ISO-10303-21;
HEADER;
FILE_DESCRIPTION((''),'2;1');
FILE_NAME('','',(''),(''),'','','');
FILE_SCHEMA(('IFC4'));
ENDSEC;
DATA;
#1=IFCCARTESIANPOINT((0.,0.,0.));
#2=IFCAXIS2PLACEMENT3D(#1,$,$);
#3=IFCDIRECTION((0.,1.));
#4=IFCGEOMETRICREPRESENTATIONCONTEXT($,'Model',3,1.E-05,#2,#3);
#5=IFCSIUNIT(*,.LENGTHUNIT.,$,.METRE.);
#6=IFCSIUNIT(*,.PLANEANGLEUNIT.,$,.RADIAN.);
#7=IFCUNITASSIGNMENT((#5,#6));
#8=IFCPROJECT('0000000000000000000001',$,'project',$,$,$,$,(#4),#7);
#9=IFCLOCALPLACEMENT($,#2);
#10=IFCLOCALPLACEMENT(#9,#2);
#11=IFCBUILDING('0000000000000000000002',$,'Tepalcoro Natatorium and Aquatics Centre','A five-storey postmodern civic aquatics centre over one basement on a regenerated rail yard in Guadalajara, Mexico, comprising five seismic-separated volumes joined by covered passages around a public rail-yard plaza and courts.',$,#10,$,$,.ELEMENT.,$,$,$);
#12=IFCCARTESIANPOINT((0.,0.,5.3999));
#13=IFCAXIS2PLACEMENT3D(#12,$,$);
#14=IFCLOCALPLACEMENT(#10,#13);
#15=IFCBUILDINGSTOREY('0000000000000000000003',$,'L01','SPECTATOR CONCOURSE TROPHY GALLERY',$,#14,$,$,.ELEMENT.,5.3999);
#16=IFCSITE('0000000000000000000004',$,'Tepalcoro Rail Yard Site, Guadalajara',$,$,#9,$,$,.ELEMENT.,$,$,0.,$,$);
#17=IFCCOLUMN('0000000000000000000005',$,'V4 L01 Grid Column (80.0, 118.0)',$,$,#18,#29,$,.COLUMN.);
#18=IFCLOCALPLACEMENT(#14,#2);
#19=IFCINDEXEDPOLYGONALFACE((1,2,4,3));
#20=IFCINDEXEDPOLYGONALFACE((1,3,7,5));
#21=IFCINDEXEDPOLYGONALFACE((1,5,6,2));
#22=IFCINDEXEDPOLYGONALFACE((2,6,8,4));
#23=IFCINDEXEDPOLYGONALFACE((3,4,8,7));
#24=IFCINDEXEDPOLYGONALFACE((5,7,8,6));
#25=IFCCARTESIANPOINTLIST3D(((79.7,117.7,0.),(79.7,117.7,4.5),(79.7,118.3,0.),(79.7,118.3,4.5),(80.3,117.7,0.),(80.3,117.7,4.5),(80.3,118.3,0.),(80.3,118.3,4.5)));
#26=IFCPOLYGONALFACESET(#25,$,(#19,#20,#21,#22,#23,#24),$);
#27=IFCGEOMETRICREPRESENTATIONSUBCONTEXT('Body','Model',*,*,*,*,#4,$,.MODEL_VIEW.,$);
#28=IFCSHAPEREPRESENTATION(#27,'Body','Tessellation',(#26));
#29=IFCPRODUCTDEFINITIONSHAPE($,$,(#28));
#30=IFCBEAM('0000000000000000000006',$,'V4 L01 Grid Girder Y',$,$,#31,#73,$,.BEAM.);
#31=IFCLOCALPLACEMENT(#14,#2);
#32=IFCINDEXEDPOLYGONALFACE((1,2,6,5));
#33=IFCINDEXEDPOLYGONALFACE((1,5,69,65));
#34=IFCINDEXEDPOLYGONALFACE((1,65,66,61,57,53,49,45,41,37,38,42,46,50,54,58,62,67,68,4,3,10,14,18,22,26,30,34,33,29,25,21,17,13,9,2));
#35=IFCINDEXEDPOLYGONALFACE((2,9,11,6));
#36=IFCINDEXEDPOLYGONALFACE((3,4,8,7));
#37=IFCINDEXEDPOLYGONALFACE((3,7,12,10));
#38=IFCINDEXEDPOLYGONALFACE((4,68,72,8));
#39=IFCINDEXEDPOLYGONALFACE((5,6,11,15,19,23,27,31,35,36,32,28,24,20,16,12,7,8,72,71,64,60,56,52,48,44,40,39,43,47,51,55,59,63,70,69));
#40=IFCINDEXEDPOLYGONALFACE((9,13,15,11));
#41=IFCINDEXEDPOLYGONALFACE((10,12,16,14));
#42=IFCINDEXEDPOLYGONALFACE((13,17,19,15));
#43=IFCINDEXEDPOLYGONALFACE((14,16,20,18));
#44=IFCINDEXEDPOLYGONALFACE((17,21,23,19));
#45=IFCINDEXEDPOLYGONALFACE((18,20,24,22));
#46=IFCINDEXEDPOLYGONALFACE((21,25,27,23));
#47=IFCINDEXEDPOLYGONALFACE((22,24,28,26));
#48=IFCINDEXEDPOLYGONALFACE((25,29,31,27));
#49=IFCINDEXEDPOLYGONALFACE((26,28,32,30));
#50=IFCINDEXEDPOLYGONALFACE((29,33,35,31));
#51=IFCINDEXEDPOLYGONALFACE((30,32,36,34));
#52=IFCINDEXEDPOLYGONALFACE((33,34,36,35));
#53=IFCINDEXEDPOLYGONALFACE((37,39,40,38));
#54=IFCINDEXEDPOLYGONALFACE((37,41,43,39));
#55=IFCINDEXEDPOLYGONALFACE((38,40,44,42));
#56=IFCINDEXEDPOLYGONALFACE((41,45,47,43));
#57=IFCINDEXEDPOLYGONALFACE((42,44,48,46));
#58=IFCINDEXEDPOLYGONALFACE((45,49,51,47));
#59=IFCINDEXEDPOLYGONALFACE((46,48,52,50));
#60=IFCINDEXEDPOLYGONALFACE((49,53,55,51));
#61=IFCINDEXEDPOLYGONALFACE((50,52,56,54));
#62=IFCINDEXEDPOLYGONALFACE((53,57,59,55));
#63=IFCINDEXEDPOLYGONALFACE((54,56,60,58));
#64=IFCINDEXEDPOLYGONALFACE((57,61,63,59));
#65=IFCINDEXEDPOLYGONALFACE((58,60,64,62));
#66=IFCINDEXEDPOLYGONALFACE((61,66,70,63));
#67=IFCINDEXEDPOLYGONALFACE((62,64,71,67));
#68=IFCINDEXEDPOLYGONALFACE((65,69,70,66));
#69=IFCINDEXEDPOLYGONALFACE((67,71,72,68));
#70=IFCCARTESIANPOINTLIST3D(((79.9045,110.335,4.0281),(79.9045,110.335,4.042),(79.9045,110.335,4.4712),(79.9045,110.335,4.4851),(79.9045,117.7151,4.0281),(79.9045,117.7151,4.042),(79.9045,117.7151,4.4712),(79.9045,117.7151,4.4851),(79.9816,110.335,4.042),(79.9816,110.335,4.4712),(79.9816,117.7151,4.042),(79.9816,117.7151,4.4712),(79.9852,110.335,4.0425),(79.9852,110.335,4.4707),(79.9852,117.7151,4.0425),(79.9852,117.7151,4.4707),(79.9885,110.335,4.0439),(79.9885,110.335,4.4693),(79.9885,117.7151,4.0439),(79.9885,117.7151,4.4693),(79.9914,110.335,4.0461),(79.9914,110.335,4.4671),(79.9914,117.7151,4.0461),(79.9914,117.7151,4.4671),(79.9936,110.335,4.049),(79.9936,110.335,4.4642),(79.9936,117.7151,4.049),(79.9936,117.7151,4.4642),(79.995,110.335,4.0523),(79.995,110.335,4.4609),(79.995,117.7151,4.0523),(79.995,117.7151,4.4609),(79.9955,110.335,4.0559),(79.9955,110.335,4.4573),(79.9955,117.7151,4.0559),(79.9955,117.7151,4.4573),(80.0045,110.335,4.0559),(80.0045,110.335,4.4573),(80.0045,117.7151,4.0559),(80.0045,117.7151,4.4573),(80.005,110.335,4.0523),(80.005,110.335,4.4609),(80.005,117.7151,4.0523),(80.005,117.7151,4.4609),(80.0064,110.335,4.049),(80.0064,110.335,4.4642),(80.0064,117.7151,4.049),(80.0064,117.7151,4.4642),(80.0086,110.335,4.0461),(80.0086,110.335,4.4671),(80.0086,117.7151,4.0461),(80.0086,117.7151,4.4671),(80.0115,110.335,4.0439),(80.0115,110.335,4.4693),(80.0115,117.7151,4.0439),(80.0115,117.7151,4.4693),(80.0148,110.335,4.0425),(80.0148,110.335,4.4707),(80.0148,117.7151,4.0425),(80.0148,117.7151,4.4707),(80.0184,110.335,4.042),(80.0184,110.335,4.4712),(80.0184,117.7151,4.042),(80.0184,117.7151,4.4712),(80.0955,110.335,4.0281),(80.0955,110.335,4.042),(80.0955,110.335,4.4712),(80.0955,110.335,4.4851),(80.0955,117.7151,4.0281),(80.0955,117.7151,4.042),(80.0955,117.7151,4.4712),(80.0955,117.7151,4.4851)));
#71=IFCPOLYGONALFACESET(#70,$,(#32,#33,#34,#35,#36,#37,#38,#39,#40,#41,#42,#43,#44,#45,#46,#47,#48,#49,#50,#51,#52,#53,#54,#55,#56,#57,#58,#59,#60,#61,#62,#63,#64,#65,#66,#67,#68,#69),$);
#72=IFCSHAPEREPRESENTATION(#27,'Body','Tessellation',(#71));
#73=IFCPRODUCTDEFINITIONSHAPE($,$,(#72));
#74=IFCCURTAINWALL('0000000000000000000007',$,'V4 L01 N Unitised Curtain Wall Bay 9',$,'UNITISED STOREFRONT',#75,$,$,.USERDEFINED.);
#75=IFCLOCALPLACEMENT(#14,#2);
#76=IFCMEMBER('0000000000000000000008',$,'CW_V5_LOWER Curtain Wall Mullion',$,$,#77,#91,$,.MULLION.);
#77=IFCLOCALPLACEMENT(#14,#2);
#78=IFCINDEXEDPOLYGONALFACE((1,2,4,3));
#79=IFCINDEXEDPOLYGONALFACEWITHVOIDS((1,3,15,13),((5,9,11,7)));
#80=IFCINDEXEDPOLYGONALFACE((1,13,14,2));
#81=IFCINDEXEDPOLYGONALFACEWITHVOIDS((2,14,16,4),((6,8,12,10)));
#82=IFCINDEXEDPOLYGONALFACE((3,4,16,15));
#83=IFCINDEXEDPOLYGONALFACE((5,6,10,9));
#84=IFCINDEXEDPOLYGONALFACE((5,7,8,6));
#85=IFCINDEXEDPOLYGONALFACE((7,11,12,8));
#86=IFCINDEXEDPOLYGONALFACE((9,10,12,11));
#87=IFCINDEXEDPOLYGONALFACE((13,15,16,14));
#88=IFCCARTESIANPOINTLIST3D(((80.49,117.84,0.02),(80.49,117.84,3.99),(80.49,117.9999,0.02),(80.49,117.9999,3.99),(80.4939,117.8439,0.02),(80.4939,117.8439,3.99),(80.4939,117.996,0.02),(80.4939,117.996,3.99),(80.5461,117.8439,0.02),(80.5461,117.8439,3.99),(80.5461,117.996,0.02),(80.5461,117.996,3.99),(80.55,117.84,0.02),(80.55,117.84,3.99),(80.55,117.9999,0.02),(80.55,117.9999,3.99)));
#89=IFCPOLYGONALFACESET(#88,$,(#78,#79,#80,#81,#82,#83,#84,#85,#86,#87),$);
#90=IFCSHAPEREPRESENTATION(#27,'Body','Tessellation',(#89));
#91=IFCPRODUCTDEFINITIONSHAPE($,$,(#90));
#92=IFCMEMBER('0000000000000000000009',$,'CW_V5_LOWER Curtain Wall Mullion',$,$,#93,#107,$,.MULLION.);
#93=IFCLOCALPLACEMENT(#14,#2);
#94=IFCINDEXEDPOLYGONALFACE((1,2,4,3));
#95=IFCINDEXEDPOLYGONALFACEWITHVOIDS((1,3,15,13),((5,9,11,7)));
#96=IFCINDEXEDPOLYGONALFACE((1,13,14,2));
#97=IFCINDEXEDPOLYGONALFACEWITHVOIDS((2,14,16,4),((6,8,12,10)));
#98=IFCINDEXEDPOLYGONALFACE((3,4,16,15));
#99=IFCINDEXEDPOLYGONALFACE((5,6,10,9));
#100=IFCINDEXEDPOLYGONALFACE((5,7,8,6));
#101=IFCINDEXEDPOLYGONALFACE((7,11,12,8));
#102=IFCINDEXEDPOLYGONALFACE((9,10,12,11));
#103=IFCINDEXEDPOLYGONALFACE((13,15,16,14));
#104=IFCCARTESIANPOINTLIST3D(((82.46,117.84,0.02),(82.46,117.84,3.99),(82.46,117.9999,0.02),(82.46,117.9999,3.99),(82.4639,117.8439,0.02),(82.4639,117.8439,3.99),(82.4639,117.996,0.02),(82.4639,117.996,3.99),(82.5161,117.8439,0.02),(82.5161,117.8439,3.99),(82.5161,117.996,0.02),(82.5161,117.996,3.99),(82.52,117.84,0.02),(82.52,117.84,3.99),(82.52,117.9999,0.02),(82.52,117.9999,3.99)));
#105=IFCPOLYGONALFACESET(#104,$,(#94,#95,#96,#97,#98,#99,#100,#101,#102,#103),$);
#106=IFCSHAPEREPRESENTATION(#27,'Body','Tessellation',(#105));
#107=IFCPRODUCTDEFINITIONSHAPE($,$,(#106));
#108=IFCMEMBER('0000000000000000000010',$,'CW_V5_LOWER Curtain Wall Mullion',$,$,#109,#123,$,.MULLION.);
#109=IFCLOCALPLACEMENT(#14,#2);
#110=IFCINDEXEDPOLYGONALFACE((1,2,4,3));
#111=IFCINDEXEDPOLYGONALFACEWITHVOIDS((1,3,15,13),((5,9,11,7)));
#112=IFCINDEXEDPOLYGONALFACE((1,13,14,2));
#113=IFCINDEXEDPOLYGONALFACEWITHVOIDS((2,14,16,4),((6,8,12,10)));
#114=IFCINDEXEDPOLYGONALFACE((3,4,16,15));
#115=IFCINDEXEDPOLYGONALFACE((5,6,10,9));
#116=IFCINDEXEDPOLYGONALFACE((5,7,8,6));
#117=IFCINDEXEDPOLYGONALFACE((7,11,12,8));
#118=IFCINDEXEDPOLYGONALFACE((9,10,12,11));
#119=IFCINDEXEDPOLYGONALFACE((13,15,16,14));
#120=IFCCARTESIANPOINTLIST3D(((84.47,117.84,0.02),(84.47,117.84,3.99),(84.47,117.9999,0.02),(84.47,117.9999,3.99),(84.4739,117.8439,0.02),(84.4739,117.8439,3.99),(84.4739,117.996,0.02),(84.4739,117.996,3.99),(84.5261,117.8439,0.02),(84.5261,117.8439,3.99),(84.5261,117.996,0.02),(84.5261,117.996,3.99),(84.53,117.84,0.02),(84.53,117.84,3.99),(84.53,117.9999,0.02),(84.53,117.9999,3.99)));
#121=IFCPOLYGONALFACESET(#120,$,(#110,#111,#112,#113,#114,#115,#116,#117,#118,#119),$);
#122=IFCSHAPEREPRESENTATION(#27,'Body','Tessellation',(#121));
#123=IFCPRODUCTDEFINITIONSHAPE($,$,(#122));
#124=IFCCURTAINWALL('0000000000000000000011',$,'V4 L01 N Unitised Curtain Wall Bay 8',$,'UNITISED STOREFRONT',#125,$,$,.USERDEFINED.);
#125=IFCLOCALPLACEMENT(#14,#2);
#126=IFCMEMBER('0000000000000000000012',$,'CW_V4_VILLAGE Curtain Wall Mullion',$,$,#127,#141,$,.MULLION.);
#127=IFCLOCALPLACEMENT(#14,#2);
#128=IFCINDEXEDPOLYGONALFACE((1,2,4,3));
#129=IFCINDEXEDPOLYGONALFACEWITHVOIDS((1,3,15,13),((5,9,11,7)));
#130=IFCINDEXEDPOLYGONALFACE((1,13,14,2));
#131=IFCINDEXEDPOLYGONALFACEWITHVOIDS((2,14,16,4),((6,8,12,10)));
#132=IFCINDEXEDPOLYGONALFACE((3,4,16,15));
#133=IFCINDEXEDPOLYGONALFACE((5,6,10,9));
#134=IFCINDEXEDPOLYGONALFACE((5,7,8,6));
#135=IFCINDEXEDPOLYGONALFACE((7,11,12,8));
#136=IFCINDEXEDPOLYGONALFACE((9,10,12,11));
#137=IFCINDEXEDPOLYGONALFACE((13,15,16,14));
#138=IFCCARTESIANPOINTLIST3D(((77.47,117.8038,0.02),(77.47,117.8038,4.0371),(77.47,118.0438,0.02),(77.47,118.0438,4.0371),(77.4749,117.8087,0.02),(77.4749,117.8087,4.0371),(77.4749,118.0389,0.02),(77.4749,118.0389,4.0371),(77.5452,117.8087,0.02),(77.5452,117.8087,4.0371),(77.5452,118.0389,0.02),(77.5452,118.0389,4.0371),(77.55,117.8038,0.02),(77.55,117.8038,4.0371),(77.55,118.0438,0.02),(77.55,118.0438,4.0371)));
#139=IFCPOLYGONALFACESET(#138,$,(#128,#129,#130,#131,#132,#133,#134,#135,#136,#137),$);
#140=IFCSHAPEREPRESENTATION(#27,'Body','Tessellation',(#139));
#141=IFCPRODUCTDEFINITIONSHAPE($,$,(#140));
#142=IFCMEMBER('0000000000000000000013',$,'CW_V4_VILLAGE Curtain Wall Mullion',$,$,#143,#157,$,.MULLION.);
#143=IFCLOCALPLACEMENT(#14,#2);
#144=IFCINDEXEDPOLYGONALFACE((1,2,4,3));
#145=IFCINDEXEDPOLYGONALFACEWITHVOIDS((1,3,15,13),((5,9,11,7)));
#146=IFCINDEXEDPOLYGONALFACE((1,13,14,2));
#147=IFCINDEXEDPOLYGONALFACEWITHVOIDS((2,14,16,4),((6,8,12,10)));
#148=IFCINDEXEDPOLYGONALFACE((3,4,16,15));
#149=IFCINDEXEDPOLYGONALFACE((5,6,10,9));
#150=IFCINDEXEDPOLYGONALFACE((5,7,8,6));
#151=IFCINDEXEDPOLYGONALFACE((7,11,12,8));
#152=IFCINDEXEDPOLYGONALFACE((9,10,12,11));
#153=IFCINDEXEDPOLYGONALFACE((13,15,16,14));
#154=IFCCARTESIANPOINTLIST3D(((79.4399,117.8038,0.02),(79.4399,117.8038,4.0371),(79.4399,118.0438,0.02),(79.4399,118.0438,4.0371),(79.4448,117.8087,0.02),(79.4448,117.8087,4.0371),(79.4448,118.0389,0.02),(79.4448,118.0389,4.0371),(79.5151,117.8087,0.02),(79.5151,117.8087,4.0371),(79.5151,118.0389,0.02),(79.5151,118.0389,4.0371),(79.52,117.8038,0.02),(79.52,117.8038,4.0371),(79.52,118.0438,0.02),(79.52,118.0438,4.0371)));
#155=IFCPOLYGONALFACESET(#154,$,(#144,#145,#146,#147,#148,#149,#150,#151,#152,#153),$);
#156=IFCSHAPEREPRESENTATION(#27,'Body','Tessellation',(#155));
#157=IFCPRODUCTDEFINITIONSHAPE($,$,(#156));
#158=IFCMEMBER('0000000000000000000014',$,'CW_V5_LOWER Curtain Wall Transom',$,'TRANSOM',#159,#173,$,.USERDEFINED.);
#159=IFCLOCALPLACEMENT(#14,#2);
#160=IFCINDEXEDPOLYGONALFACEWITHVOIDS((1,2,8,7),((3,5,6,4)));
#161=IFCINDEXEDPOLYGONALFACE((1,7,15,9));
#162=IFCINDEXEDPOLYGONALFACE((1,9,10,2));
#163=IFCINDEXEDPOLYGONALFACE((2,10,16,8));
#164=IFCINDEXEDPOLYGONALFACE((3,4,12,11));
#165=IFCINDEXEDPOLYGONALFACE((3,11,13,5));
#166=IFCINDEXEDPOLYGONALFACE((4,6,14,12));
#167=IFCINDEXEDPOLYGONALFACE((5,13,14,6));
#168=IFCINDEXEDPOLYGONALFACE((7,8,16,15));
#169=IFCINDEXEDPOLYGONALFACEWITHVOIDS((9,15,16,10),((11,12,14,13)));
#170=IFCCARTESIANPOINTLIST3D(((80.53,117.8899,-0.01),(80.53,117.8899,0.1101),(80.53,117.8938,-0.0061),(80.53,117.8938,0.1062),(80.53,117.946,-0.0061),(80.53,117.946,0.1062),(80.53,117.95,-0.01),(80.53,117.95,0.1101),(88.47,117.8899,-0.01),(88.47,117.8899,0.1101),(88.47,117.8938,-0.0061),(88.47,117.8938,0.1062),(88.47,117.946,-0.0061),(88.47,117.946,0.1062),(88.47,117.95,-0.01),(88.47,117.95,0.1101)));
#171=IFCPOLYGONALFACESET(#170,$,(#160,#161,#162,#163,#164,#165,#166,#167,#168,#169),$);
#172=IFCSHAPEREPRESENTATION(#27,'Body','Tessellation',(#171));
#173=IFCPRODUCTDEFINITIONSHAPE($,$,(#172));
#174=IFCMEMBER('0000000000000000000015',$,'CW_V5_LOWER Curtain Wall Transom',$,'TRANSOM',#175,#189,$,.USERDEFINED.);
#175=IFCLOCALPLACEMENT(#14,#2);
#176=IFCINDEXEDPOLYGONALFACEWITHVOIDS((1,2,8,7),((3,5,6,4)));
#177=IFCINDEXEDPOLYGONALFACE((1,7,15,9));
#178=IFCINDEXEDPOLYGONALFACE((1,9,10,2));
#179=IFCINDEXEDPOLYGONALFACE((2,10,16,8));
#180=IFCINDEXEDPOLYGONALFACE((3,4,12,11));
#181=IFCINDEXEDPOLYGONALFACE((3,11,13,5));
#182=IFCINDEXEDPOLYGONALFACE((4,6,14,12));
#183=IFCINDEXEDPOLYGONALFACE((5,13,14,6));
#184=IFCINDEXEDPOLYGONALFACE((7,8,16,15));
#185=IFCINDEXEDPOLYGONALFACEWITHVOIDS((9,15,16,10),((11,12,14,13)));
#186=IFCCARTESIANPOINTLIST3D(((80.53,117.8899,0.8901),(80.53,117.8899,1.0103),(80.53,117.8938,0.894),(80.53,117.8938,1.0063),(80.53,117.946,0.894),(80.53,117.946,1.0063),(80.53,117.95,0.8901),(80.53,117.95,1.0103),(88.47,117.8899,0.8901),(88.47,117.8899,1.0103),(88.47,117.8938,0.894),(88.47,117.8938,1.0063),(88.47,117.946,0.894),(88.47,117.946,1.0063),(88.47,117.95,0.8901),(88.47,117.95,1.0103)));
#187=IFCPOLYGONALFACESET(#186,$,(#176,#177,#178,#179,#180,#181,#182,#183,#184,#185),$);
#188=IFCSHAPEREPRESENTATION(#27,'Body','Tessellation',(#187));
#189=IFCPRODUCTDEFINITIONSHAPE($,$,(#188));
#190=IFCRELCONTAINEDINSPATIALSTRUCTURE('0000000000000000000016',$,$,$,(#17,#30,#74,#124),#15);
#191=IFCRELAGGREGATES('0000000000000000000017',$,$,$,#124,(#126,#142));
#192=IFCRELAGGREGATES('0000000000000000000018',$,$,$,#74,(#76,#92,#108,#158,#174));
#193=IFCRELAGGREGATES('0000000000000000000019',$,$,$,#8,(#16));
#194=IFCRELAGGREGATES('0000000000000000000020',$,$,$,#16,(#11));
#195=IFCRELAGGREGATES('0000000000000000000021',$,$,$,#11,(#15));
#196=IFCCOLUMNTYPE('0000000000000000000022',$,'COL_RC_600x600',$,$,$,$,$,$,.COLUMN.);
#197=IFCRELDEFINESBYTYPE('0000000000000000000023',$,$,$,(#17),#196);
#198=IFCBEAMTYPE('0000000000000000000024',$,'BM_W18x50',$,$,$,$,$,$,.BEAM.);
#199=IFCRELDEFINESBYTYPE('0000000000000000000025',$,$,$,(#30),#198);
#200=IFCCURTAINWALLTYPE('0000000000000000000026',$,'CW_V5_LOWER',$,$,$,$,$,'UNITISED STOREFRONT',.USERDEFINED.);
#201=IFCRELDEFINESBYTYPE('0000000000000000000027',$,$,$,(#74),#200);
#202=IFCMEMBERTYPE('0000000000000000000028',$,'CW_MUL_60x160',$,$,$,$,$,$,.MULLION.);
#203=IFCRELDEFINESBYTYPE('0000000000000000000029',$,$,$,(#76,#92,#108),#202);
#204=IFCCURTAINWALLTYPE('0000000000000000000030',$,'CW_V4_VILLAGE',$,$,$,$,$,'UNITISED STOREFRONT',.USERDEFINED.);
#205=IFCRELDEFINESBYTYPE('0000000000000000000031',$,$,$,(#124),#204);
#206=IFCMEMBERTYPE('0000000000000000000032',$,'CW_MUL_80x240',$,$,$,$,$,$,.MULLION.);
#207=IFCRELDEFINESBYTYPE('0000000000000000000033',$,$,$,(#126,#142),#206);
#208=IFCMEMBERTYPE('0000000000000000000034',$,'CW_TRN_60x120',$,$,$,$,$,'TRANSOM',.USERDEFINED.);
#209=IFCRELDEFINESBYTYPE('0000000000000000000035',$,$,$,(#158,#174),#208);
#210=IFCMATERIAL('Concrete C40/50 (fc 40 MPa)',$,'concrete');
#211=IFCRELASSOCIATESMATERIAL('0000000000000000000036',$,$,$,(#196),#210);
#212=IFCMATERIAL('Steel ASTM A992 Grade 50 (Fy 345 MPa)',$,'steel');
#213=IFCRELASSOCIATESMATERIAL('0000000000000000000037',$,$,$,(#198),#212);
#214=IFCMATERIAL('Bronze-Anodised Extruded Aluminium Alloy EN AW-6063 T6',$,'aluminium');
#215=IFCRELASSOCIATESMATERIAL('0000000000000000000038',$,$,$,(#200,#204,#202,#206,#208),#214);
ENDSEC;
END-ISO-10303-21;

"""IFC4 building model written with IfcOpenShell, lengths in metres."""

from ifc_helpers import new_model, si_unit, direction, frame, origin, origin_2d, place, context, subcontext, project, spatial, rectangle, hollow_rectangle, i_section, extrude, material, material_profile, profile_set, type_object, element, aggregate, save


model = new_model("IFC4")

# Units and contexts
model_context = context("Model", 3, precision=1e-05, world=origin(), true_north=direction((0.0, 1.0)))
body_context = subcontext(model_context, "Body", "Model", "MODEL_VIEW")
ifc_project = project(units=[si_unit("LENGTHUNIT", "METRE"), si_unit("PLANEANGLEUNIT", "RADIAN")], contexts=[model_context])

# Site, building, storey
site_placement = place(None, origin())
site = spatial("IfcSite", under=ifc_project, at=site_placement, Name="Tepalcoro Rail Yard Site, Guadalajara", CompositionType="ELEMENT", RefElevation=0.0)
building_placement = place(site_placement, origin())
building = spatial("IfcBuilding", under=site, at=building_placement, Name="Tepalcoro Natatorium and Aquatics Centre", Description="A five-storey postmodern civic aquatics centre over one basement on a regenerated rail yard in Guadalajara, Mexico, comprising five seismic-separated volumes joined by covered passages around a public rail-yard plaza and courts.", CompositionType="ELEMENT")
storey_placement = place(building_placement, frame((0.0, 0.0, 5.3999)))
storey = spatial("IfcBuildingStorey", under=building, at=storey_placement, Name="L01", Description="SPECTATOR CONCOURSE TROPHY GALLERY", CompositionType="ELEMENT", Elevation=5.3999)

# Column
ifc_material_1 = material(Name="Concrete C40/50 (fc 40 MPa)", Category="concrete")
ifc_material_profile_1 = material_profile(ifc_material_1, rectangle(XDim=0.6001, YDim=0.6001, at=origin_2d()), Name="RC600x600")
ifc_profile_set_1 = profile_set([ifc_material_profile_1], Name="Concrete C40/50 (fc 40 MPa)")
column_type = type_object("IfcColumnType", Name="COL_RC_600x600", PredefinedType="COLUMN", material=ifc_profile_set_1)
column_placement = place(storey_placement, frame((80.0, 118.0, 0.0), z_axis=(0.0, 0.0, 1.0), x_axis=(1.0, 0.0, 0.0)))
element("IfcColumn", 1, at=column_placement, inside=storey, type_object=column_type, Name="V4 L01 Grid Column (80.0, 118.0)", PredefinedType="COLUMN", context=body_context, shape_type="SweptSolid", body=[
    extrude(rectangle(XDim=0.6001, YDim=0.6001, at=origin_2d()), origin(), (0.0, 0.0, 1.0), 4.5),
])

# Beam
ifc_material_2 = material(Name="Steel ASTM A992 Grade 50 (Fy 345 MPa)", Category="steel")
ifc_material_profile_2 = material_profile(ifc_material_2, i_section(OverallWidth=0.1909, OverallDepth=0.457, WebThickness=0.009, FlangeThickness=0.0139, FilletRadius=0.0139, at=origin_2d()), Name="W18X50")
ifc_profile_set_2 = profile_set([ifc_material_profile_2], Name="Steel ASTM A992 Grade 50 (Fy 345 MPa)")
beam_type_1 = type_object("IfcBeamType", Name="BM_W18x50", PredefinedType="BEAM", material=ifc_profile_set_2)
beam_1_placement = place(storey_placement, frame((80.0, 110.335, 4.2566), z_axis=(0.0, 1.0, 0.0), x_axis=(-1.0, 0.0, 0.0)))
element("IfcBeam", 2, at=beam_1_placement, inside=storey, type_object=beam_type_1, Name="V4 L01 Grid Girder Y", PredefinedType="BEAM", context=body_context, shape_type="SweptSolid", body=[
    extrude(i_section(OverallWidth=0.1909, OverallDepth=0.457, WebThickness=0.009, FlangeThickness=0.0139, FilletRadius=0.0139, at=origin_2d()), origin(), (0.0, 0.0, 1.0), 7.3801),
])

# Curtain walls, members
ifc_material_3 = material(Name="Bronze-Anodised Extruded Aluminium Alloy EN AW-6063 T6", Category="aluminium")
curtain_wall_type_1 = type_object("IfcCurtainWallType", Name="CW_V5_LOWER", ElementType="UNITISED STOREFRONT", PredefinedType="USERDEFINED", material=ifc_material_3)
curtain_wall_1_placement = place(storey_placement, origin())
curtain_wall_1 = element("IfcCurtainWall", 3, at=curtain_wall_1_placement, inside=storey, type_object=curtain_wall_type_1, Name="V4 L01 N Unitised Curtain Wall Bay 9", ObjectType="UNITISED STOREFRONT", PredefinedType="USERDEFINED")
ifc_material_profile_3 = material_profile(ifc_material_3, hollow_rectangle(XDim=0.0601, YDim=0.1599, WallThickness=0.0039, at=origin_2d()), Name="AL60X160X4")
ifc_profile_set_3 = profile_set([ifc_material_profile_3], Name="Bronze-Anodised Extruded Aluminium Alloy EN AW-6063 T6")
member_type_1 = type_object("IfcMemberType", Name="CW_MUL_60x160", PredefinedType="MULLION", material=ifc_profile_set_3)
member_1_placement = place(storey_placement, frame((80.52, 117.9199, 0.02), z_axis=(0.0, 0.0, 1.0), x_axis=(1.0, 0.0, 0.0)))
member_1 = element("IfcMember", 4, at=member_1_placement, type_object=member_type_1, Name="CW_V5_LOWER Curtain Wall Mullion", PredefinedType="MULLION", context=body_context, shape_type="SweptSolid", body=[
    extrude(hollow_rectangle(XDim=0.0601, YDim=0.1599, WallThickness=0.0039, at=origin_2d()), origin(), (0.0, 0.0, 1.0), 3.97),
])
member_2_placement = place(storey_placement, frame((82.49, 117.9199, 0.02), z_axis=(0.0, 0.0, 1.0), x_axis=(1.0, 0.0, 0.0)))
member_2 = element("IfcMember", 5, at=member_2_placement, type_object=member_type_1, Name="CW_V5_LOWER Curtain Wall Mullion", PredefinedType="MULLION", context=body_context, shape_type="SweptSolid", body=[
    extrude(hollow_rectangle(XDim=0.0601, YDim=0.1599, WallThickness=0.0039, at=origin_2d()), origin(), (0.0, 0.0, 1.0), 3.97),
])
member_3_placement = place(storey_placement, frame((84.5, 117.9199, 0.02), z_axis=(0.0, 0.0, 1.0), x_axis=(1.0, 0.0, 0.0)))
member_3 = element("IfcMember", 6, at=member_3_placement, type_object=member_type_1, Name="CW_V5_LOWER Curtain Wall Mullion", PredefinedType="MULLION", context=body_context, shape_type="SweptSolid", body=[
    extrude(hollow_rectangle(XDim=0.0601, YDim=0.1599, WallThickness=0.0039, at=origin_2d()), origin(), (0.0, 0.0, 1.0), 3.97),
])
curtain_wall_type_2 = type_object("IfcCurtainWallType", Name="CW_V4_VILLAGE", ElementType="UNITISED STOREFRONT", PredefinedType="USERDEFINED", material=ifc_material_3)
curtain_wall_2_placement = place(storey_placement, origin())
curtain_wall_2 = element("IfcCurtainWall", 7, at=curtain_wall_2_placement, inside=storey, type_object=curtain_wall_type_2, Name="V4 L01 N Unitised Curtain Wall Bay 8", ObjectType="UNITISED STOREFRONT", PredefinedType="USERDEFINED")
ifc_material_profile_4 = material_profile(ifc_material_3, hollow_rectangle(XDim=0.0801, YDim=0.24, WallThickness=0.0049, at=origin_2d()), Name="AL80X240X5")
ifc_profile_set_4 = profile_set([ifc_material_profile_4], Name="Bronze-Anodised Extruded Aluminium Alloy EN AW-6063 T6")
member_type_2 = type_object("IfcMemberType", Name="CW_MUL_80x240", PredefinedType="MULLION", material=ifc_profile_set_4)
member_4_placement = place(storey_placement, frame((77.51, 117.9238, 0.02), z_axis=(0.0, 0.0, 1.0), x_axis=(1.0, 0.0, 0.0)))
member_4 = element("IfcMember", 8, at=member_4_placement, type_object=member_type_2, Name="CW_V4_VILLAGE Curtain Wall Mullion", PredefinedType="MULLION", context=body_context, shape_type="SweptSolid", body=[
    extrude(hollow_rectangle(XDim=0.0801, YDim=0.24, WallThickness=0.0049, at=origin_2d()), origin(), (0.0, 0.0, 1.0), 4.0171),
])
member_5_placement = place(storey_placement, frame((79.48, 117.9238, 0.02), z_axis=(0.0, 0.0, 1.0), x_axis=(1.0, 0.0, 0.0)))
member_5 = element("IfcMember", 9, at=member_5_placement, type_object=member_type_2, Name="CW_V4_VILLAGE Curtain Wall Mullion", PredefinedType="MULLION", context=body_context, shape_type="SweptSolid", body=[
    extrude(hollow_rectangle(XDim=0.0801, YDim=0.24, WallThickness=0.0049, at=origin_2d()), origin(), (0.0, 0.0, 1.0), 4.0171),
])

# Members
ifc_material_profile_5 = material_profile(ifc_material_3, hollow_rectangle(XDim=0.0601, YDim=0.1201, WallThickness=0.0039, at=origin_2d()), Name="AL60X120X4")
ifc_profile_set_5 = profile_set([ifc_material_profile_5], Name="Bronze-Anodised Extruded Aluminium Alloy EN AW-6063 T6")
member_type_3 = type_object("IfcMemberType", Name="CW_TRN_60x120", ElementType="TRANSOM", PredefinedType="USERDEFINED", material=ifc_profile_set_5)
member_6_placement = place(storey_placement, frame((80.53, 117.9199, 0.05), z_axis=(1.0, 0.0, 0.0), x_axis=(0.0, 1.0, 0.0)))
member_6 = element("IfcMember", 10, at=member_6_placement, type_object=member_type_3, Name="CW_V5_LOWER Curtain Wall Transom", ObjectType="TRANSOM", PredefinedType="USERDEFINED", context=body_context, shape_type="SweptSolid", body=[
    extrude(hollow_rectangle(XDim=0.0601, YDim=0.1201, WallThickness=0.0039, at=origin_2d()), origin(), (0.0, 0.0, 1.0), 7.9399),
])
member_7_placement = place(storey_placement, frame((80.53, 117.9199, 0.9502), z_axis=(1.0, 0.0, 0.0), x_axis=(0.0, 1.0, 0.0)))
member_7 = element("IfcMember", 11, at=member_7_placement, type_object=member_type_3, Name="CW_V5_LOWER Curtain Wall Transom", ObjectType="TRANSOM", PredefinedType="USERDEFINED", context=body_context, shape_type="SweptSolid", body=[
    extrude(hollow_rectangle(XDim=0.0601, YDim=0.1201, WallThickness=0.0039, at=origin_2d()), origin(), (0.0, 0.0, 1.0), 7.9399),
])

aggregate(curtain_wall_2, [member_4, member_5])
aggregate(curtain_wall_1, [member_1, member_2, member_3, member_6, member_7])

save(model, "model.ifc")
